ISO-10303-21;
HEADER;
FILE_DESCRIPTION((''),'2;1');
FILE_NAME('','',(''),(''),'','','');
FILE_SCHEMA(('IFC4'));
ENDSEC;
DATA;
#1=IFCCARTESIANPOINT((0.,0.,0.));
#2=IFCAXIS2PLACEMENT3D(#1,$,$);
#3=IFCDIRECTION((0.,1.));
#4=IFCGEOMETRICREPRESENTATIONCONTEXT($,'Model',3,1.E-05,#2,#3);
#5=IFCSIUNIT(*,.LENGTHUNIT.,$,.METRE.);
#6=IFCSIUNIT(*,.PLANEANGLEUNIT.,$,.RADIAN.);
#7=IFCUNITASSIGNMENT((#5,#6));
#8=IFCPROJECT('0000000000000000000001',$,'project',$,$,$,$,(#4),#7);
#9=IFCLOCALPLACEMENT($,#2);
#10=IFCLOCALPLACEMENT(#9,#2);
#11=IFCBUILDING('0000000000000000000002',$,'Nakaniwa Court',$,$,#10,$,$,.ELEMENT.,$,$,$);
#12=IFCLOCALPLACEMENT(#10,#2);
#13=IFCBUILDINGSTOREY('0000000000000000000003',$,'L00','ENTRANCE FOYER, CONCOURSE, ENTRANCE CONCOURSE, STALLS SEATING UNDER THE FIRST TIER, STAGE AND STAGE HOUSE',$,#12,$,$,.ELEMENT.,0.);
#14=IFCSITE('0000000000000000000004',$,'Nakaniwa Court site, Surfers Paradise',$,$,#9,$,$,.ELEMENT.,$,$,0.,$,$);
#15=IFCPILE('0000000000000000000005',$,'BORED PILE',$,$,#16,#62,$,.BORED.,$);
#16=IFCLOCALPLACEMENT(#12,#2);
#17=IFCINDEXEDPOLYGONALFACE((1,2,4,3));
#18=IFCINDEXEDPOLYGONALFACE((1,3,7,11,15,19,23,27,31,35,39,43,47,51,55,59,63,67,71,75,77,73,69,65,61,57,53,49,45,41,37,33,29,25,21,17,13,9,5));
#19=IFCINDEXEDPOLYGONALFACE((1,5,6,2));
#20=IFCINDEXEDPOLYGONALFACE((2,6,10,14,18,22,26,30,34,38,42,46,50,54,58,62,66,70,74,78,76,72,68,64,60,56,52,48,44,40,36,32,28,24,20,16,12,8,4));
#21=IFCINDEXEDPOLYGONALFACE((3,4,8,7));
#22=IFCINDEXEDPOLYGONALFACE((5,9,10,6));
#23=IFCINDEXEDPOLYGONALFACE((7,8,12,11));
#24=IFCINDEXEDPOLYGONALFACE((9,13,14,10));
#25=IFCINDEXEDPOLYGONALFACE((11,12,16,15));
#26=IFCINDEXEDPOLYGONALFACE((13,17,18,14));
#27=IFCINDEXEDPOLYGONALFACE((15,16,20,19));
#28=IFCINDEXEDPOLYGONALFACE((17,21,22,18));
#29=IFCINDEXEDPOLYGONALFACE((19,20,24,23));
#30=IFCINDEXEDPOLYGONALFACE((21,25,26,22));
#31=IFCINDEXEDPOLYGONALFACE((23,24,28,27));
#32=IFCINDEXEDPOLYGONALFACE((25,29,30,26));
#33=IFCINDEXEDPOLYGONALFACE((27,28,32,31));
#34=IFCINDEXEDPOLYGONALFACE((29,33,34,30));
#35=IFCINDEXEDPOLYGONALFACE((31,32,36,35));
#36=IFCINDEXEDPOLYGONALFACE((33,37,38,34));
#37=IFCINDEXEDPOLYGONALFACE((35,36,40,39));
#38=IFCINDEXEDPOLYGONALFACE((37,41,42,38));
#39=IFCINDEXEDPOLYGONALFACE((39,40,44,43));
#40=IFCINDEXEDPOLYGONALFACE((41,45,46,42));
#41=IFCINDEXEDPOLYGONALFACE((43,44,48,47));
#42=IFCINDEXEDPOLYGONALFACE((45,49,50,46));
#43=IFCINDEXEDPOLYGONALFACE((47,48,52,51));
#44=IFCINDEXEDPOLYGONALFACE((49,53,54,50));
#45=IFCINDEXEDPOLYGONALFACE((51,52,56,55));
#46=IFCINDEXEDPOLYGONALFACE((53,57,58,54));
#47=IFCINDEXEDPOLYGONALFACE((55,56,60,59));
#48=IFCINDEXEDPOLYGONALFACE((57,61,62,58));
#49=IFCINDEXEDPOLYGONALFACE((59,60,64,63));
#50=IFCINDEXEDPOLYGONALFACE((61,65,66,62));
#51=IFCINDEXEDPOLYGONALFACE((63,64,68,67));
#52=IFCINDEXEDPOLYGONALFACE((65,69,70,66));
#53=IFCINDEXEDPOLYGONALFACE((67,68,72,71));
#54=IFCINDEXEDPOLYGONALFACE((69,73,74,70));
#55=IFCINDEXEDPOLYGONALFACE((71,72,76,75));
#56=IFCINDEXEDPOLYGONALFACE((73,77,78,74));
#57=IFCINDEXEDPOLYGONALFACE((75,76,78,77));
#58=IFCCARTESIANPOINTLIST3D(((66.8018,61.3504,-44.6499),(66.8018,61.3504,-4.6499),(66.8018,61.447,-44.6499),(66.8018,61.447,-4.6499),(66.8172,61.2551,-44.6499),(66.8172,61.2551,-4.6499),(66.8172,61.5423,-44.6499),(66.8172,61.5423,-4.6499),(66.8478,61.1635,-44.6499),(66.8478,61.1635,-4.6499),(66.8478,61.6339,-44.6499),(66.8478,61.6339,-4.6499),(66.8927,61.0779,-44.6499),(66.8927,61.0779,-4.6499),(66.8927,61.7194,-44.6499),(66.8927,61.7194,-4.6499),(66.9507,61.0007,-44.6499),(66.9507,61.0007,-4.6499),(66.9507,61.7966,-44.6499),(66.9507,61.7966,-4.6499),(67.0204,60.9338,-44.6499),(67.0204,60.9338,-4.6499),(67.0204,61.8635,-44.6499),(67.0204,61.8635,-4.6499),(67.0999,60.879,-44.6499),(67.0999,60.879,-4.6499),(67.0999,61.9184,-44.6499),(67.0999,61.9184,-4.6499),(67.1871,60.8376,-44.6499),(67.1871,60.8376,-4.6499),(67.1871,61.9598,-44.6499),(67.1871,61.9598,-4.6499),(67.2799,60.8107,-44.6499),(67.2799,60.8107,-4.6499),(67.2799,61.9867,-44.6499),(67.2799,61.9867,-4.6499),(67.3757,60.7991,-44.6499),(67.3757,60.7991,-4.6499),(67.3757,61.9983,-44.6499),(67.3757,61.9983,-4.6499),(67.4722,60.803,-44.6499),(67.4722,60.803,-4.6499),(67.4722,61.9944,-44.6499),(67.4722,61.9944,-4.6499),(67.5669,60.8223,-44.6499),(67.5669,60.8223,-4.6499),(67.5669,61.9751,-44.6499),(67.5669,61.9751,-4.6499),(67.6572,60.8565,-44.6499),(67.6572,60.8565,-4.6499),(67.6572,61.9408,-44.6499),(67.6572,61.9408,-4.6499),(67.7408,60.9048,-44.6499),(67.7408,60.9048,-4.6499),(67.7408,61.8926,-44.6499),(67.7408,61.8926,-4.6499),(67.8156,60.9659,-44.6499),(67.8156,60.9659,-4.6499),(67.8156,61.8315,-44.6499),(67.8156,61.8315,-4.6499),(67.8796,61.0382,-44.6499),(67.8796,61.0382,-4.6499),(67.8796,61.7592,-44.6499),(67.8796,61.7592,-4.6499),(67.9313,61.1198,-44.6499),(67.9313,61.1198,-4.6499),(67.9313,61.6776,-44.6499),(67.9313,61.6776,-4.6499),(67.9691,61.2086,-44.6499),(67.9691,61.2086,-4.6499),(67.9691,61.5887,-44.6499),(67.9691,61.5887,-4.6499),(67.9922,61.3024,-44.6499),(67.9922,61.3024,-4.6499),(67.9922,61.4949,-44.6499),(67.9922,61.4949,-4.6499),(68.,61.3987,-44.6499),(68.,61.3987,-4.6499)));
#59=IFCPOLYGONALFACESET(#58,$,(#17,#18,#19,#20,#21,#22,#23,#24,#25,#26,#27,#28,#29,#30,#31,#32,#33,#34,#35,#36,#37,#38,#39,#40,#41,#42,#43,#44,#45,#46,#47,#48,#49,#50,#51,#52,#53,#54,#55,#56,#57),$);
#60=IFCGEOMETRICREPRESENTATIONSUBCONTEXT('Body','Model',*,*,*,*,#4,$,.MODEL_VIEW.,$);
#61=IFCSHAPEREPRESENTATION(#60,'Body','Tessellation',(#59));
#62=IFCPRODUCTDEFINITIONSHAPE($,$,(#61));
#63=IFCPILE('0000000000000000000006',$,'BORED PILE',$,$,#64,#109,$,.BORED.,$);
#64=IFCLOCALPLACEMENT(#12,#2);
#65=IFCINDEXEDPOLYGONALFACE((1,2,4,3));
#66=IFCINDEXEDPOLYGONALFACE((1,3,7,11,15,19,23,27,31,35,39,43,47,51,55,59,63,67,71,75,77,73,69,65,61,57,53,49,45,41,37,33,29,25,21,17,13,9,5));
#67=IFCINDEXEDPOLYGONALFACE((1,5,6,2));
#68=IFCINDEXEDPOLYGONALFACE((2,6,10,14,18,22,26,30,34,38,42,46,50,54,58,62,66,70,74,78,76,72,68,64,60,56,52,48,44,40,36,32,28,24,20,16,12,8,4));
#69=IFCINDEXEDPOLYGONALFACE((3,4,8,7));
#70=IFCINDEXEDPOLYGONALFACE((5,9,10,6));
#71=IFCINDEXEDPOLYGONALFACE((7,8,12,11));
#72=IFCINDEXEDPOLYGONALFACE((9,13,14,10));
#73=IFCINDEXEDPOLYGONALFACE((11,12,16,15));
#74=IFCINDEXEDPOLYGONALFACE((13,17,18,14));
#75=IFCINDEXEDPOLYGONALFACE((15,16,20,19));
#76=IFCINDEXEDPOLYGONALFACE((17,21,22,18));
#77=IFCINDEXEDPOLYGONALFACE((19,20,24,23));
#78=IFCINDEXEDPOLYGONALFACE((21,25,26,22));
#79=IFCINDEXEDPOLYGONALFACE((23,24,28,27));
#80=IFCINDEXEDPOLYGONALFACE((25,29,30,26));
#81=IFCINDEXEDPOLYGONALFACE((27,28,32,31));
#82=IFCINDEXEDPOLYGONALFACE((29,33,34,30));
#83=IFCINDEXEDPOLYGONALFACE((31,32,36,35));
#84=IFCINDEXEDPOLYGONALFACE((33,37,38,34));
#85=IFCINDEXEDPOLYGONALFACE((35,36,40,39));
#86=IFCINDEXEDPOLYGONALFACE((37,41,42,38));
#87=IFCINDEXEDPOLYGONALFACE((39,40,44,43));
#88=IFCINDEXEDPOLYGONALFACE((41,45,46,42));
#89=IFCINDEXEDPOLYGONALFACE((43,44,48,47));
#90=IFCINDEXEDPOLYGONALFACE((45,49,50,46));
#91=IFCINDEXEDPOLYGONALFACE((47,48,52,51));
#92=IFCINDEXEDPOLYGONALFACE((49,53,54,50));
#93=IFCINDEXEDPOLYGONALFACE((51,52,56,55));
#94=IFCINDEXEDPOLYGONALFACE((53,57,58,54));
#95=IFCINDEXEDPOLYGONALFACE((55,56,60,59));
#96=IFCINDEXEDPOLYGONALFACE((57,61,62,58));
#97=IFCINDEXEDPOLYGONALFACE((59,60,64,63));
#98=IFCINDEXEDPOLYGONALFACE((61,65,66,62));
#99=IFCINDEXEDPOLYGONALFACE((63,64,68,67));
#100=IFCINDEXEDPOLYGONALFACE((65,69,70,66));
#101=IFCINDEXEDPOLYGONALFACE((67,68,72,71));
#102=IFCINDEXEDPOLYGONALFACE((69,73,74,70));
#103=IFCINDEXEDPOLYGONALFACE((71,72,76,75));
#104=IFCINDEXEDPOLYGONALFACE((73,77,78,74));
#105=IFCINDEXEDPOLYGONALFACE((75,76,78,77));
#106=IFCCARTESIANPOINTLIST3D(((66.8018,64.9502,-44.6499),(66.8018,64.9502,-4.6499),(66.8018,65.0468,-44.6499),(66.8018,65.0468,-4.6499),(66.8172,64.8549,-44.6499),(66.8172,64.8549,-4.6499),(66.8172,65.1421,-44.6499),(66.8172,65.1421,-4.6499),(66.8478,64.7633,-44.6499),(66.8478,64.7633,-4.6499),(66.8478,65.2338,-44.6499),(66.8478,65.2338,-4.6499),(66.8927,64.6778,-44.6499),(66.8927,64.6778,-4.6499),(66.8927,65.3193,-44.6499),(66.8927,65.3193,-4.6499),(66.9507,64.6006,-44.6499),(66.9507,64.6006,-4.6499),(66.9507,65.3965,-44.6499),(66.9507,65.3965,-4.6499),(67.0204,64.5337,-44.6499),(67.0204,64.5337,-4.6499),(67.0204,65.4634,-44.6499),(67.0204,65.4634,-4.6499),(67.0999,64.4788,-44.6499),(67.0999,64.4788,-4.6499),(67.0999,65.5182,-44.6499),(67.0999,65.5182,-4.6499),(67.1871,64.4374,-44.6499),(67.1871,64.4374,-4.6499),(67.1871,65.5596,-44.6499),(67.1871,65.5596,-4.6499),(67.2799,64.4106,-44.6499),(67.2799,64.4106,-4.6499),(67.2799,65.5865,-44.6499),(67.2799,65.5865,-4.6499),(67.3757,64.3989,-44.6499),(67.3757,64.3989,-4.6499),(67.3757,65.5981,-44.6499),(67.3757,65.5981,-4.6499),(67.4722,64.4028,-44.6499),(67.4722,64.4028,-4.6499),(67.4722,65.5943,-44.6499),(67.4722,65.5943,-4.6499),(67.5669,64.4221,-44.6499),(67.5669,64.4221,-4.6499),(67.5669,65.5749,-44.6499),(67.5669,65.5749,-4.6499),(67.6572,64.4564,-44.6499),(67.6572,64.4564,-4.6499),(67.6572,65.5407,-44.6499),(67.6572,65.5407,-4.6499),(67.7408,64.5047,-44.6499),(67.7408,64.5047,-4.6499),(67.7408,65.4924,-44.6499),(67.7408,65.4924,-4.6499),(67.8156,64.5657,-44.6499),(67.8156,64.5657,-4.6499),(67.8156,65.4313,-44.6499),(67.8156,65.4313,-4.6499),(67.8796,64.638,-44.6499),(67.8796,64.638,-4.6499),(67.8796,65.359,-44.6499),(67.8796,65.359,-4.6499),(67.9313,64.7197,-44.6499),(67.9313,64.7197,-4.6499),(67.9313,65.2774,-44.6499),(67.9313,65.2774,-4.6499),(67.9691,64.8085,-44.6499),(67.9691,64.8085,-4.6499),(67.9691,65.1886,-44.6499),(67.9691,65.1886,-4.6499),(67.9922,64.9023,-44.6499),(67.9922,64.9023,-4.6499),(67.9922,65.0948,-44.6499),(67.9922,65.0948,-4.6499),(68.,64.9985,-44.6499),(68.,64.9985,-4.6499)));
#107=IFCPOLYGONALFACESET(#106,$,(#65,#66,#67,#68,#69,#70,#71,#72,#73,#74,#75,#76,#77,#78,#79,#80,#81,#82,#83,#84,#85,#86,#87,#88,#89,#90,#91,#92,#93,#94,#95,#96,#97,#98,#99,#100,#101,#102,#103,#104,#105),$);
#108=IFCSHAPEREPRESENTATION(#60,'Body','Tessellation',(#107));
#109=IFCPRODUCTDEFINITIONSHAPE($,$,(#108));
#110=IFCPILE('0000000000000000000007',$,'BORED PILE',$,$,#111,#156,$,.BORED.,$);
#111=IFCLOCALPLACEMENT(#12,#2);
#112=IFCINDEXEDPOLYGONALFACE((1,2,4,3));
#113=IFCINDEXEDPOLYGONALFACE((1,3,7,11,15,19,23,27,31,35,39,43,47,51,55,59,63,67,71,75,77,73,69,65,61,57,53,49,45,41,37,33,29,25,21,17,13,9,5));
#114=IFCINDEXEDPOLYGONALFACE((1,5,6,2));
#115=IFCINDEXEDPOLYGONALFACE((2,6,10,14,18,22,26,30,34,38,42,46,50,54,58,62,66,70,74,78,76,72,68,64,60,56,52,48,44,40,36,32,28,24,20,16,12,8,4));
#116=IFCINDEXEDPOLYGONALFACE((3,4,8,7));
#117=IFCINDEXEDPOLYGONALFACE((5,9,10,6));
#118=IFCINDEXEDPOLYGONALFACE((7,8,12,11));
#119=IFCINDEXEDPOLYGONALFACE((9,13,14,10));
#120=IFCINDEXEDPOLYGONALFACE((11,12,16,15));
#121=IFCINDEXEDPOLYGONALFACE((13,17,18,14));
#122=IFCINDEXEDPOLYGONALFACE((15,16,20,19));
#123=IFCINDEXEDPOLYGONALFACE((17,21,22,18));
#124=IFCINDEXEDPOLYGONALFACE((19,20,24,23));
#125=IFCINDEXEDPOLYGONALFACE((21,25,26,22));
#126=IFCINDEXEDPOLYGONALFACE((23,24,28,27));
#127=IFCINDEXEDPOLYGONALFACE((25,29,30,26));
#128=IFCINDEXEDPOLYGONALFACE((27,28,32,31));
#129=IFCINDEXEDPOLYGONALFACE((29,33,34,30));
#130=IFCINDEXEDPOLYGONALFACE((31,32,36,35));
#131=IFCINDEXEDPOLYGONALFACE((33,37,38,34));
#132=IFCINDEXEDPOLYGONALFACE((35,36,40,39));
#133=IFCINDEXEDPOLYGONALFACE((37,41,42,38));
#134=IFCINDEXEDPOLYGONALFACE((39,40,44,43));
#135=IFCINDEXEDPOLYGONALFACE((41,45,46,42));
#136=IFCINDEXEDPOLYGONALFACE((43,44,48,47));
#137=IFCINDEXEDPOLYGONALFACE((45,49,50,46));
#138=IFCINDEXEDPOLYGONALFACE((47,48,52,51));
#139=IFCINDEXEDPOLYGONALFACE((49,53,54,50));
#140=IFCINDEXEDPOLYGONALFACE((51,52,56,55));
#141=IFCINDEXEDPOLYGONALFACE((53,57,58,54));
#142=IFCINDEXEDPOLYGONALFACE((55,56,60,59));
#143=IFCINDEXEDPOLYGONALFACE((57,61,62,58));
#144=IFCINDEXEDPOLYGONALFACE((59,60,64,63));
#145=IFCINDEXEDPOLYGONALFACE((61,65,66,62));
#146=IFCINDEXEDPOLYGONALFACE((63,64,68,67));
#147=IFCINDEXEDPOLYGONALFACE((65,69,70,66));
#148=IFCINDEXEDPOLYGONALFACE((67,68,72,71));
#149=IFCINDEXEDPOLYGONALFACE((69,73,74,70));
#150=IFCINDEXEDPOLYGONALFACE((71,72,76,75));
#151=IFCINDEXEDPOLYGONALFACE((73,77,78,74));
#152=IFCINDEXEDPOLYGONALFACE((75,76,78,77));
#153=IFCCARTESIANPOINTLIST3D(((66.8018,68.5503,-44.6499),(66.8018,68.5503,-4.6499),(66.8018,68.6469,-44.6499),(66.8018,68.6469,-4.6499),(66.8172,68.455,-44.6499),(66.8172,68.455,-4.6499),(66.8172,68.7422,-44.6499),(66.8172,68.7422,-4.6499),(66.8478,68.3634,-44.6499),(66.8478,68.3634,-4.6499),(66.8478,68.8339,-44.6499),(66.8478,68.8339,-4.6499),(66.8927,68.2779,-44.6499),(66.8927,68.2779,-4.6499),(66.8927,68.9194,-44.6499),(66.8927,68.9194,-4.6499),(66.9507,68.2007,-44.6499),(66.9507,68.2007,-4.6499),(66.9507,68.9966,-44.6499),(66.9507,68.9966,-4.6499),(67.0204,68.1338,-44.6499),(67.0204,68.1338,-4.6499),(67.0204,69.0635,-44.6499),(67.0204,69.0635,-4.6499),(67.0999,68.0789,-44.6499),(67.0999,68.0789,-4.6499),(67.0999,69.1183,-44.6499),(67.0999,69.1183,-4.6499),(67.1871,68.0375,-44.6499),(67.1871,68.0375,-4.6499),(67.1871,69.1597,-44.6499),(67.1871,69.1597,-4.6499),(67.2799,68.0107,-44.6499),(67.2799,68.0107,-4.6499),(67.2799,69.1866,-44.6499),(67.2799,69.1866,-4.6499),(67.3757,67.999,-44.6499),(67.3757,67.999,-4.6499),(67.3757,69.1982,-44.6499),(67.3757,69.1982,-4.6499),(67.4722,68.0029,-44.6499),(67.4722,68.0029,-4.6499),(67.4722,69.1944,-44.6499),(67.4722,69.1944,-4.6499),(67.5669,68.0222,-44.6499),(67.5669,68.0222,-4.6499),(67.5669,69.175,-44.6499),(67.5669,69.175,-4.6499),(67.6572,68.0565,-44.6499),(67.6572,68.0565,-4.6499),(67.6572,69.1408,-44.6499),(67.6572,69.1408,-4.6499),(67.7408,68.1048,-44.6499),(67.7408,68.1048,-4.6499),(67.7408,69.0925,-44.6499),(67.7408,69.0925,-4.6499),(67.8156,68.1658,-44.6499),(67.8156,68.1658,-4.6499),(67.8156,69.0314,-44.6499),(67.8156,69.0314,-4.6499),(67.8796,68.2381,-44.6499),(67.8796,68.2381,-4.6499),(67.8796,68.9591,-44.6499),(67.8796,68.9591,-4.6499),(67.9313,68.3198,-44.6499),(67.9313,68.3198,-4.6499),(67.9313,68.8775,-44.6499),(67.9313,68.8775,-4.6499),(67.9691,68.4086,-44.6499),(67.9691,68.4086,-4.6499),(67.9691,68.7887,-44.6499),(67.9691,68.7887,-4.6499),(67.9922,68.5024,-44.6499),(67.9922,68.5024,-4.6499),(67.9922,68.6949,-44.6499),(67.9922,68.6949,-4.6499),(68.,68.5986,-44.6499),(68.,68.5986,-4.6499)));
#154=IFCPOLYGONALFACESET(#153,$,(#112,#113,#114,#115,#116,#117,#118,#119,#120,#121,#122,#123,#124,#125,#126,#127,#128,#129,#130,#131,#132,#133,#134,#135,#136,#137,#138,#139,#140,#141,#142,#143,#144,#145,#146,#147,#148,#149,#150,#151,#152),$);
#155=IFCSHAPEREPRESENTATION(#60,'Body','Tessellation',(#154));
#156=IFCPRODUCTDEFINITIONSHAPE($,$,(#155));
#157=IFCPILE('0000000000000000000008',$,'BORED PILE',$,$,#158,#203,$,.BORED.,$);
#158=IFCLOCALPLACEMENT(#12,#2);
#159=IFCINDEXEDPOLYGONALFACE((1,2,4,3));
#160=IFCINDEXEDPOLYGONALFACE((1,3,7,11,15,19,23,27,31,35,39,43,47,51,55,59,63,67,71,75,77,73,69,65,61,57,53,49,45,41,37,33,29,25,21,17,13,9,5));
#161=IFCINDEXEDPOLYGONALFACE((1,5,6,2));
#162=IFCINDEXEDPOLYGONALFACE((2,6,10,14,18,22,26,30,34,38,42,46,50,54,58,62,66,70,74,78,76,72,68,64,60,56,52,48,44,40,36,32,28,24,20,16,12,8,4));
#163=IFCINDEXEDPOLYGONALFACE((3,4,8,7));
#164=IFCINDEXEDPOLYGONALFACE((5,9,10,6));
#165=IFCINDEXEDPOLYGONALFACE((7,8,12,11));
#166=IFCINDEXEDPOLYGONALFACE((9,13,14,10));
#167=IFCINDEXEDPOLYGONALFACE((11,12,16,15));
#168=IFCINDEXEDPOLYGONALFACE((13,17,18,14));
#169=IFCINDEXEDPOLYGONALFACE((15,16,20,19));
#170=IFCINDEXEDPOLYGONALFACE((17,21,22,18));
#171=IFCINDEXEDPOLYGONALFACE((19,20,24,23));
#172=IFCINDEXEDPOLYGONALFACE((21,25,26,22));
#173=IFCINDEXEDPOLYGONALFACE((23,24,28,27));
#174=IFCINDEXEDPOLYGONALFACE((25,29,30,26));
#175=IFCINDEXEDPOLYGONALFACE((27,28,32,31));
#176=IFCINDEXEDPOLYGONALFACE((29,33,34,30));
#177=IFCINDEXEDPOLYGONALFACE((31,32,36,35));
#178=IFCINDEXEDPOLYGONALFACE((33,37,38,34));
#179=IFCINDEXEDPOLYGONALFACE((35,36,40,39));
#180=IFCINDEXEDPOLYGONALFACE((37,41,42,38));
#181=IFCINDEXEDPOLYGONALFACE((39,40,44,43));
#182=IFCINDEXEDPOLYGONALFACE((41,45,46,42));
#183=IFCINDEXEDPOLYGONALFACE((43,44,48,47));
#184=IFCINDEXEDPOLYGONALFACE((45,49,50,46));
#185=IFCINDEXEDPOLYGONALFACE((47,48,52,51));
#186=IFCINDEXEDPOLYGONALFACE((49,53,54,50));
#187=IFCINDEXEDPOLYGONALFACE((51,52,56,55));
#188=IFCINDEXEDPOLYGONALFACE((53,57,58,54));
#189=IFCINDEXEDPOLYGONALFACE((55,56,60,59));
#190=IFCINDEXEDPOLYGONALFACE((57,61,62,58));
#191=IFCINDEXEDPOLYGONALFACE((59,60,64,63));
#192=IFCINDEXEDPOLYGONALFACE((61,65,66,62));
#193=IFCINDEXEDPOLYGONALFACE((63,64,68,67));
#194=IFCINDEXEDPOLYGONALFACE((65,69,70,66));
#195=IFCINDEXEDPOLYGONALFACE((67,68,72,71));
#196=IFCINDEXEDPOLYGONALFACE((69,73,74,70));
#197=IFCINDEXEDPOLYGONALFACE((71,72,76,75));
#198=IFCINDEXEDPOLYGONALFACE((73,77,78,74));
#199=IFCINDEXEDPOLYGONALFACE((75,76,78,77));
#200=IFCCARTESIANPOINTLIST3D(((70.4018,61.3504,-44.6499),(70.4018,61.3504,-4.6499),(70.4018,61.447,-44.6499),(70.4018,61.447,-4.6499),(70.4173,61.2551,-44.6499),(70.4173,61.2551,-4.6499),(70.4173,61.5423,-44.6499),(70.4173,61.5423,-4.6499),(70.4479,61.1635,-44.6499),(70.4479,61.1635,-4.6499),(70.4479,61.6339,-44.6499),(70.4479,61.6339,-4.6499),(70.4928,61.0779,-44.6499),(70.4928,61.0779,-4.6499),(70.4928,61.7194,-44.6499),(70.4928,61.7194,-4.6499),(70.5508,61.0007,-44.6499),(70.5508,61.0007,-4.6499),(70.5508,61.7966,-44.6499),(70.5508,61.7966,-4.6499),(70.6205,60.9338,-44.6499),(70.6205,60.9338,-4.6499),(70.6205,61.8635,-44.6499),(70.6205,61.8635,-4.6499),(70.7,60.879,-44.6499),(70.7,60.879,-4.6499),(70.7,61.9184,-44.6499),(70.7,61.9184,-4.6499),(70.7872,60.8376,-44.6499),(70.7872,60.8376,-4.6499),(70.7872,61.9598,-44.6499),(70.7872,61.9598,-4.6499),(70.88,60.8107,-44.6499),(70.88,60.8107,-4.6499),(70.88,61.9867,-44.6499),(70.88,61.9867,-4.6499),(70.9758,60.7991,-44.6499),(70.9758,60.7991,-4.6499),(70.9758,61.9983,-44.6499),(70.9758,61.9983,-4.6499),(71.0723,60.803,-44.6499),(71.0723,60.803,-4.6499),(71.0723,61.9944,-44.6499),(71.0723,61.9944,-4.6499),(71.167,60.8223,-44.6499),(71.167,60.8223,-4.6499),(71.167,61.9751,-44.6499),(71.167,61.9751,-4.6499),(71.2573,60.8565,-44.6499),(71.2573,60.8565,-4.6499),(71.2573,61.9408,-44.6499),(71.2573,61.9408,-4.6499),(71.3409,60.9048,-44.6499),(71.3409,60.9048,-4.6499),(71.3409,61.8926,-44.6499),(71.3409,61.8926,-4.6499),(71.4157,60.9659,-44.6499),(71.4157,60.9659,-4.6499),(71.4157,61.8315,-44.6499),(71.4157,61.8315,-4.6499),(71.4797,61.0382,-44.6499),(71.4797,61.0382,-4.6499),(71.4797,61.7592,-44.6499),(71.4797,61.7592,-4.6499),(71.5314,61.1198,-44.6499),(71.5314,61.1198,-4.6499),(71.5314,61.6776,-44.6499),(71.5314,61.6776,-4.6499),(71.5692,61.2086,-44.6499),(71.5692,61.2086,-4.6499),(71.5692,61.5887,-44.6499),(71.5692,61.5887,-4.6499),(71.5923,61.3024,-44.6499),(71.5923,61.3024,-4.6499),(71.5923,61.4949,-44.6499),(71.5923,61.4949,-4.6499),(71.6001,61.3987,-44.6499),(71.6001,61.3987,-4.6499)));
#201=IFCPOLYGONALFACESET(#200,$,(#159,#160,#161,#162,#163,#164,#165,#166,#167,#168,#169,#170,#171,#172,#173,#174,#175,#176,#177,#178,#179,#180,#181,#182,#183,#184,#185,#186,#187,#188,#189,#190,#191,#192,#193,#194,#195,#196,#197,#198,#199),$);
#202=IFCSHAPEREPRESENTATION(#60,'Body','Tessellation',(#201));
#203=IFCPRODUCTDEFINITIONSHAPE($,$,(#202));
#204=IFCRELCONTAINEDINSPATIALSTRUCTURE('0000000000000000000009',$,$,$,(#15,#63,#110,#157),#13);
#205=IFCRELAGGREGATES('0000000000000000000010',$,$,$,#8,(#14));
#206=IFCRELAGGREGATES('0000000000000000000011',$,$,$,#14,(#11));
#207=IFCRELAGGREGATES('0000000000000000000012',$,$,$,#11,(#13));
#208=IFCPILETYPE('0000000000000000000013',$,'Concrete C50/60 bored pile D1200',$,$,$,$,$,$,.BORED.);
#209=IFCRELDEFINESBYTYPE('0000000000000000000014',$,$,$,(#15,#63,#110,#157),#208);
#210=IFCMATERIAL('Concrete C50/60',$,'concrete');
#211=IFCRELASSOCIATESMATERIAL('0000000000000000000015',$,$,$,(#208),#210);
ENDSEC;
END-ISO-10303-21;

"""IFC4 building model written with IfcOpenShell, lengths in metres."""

from ifc_helpers import new_model, si_unit, direction, frame, origin, origin_2d, place, context, subcontext, project, spatial, circle, extrude, material, material_profile, profile_set, type_object, element, save


model = new_model("IFC4")

# Units and contexts
model_context = context("Model", 3, precision=1e-05, world=origin(), true_north=direction((0.0, 1.0)))
body_context = subcontext(model_context, "Body", "Model", "MODEL_VIEW")
ifc_project = project(units=[si_unit("LENGTHUNIT", "METRE"), si_unit("PLANEANGLEUNIT", "RADIAN")], contexts=[model_context])

# Site, building, storey
site_placement = place(None, origin())
site = spatial("IfcSite", under=ifc_project, at=site_placement, Name="Nakaniwa Court site, Surfers Paradise", CompositionType="ELEMENT", RefElevation=0.0)
building_placement = place(site_placement, origin())
building = spatial("IfcBuilding", under=site, at=building_placement, Name="Nakaniwa Court", CompositionType="ELEMENT")
storey_placement = place(building_placement, origin())
storey = spatial("IfcBuildingStorey", under=building, at=storey_placement, Name="L00", Description="ENTRANCE FOYER, CONCOURSE, ENTRANCE CONCOURSE, STALLS SEATING UNDER THE FIRST TIER, STAGE AND STAGE HOUSE", CompositionType="ELEMENT", Elevation=0.0)

# Piles
ifc_material_1 = material(Name="Concrete C50/60", Category="concrete")
ifc_material_profile_1 = material_profile(ifc_material_1, circle(Radius=0.6001, at=origin_2d()), Name="Concrete C50/60 bored pile D1200")
ifc_profile_set_1 = profile_set([ifc_material_profile_1], Name="Concrete C50/60")
pile_type = type_object("IfcPileType", Name="Concrete C50/60 bored pile D1200", PredefinedType="BORED", material=ifc_profile_set_1)
for number, where, z_axis, x_axis, name in (
    (1, (67.3999, 61.3987, -4.6499), (0.0, 0.0, -1.0), (1.0, 0.0, 0.0), "BORED PILE"),
    (2, (67.3999, 64.9985, -4.6499), (0.0, 0.0, -1.0), (1.0, 0.0, 0.0), "BORED PILE"),
    (3, (67.3999, 68.5986, -4.6499), (0.0, 0.0, -1.0), (1.0, 0.0, 0.0), "BORED PILE"),
    (4, (71.0, 61.3987, -4.6499), (0.0, 0.0, -1.0), (1.0, 0.0, 0.0), "BORED PILE"),
):
    element("IfcPile", number, at=place(storey_placement, frame(where, z_axis=z_axis, x_axis=x_axis)), inside=storey, type_object=pile_type, Name=name, PredefinedType="BORED", context=body_context, shape_type="SweptSolid", body=[
        extrude(circle(Radius=0.6001, at=origin_2d()), origin(), (0.0, 0.0, 1.0), 40.0),
    ])

save(model, "model.ifc")
